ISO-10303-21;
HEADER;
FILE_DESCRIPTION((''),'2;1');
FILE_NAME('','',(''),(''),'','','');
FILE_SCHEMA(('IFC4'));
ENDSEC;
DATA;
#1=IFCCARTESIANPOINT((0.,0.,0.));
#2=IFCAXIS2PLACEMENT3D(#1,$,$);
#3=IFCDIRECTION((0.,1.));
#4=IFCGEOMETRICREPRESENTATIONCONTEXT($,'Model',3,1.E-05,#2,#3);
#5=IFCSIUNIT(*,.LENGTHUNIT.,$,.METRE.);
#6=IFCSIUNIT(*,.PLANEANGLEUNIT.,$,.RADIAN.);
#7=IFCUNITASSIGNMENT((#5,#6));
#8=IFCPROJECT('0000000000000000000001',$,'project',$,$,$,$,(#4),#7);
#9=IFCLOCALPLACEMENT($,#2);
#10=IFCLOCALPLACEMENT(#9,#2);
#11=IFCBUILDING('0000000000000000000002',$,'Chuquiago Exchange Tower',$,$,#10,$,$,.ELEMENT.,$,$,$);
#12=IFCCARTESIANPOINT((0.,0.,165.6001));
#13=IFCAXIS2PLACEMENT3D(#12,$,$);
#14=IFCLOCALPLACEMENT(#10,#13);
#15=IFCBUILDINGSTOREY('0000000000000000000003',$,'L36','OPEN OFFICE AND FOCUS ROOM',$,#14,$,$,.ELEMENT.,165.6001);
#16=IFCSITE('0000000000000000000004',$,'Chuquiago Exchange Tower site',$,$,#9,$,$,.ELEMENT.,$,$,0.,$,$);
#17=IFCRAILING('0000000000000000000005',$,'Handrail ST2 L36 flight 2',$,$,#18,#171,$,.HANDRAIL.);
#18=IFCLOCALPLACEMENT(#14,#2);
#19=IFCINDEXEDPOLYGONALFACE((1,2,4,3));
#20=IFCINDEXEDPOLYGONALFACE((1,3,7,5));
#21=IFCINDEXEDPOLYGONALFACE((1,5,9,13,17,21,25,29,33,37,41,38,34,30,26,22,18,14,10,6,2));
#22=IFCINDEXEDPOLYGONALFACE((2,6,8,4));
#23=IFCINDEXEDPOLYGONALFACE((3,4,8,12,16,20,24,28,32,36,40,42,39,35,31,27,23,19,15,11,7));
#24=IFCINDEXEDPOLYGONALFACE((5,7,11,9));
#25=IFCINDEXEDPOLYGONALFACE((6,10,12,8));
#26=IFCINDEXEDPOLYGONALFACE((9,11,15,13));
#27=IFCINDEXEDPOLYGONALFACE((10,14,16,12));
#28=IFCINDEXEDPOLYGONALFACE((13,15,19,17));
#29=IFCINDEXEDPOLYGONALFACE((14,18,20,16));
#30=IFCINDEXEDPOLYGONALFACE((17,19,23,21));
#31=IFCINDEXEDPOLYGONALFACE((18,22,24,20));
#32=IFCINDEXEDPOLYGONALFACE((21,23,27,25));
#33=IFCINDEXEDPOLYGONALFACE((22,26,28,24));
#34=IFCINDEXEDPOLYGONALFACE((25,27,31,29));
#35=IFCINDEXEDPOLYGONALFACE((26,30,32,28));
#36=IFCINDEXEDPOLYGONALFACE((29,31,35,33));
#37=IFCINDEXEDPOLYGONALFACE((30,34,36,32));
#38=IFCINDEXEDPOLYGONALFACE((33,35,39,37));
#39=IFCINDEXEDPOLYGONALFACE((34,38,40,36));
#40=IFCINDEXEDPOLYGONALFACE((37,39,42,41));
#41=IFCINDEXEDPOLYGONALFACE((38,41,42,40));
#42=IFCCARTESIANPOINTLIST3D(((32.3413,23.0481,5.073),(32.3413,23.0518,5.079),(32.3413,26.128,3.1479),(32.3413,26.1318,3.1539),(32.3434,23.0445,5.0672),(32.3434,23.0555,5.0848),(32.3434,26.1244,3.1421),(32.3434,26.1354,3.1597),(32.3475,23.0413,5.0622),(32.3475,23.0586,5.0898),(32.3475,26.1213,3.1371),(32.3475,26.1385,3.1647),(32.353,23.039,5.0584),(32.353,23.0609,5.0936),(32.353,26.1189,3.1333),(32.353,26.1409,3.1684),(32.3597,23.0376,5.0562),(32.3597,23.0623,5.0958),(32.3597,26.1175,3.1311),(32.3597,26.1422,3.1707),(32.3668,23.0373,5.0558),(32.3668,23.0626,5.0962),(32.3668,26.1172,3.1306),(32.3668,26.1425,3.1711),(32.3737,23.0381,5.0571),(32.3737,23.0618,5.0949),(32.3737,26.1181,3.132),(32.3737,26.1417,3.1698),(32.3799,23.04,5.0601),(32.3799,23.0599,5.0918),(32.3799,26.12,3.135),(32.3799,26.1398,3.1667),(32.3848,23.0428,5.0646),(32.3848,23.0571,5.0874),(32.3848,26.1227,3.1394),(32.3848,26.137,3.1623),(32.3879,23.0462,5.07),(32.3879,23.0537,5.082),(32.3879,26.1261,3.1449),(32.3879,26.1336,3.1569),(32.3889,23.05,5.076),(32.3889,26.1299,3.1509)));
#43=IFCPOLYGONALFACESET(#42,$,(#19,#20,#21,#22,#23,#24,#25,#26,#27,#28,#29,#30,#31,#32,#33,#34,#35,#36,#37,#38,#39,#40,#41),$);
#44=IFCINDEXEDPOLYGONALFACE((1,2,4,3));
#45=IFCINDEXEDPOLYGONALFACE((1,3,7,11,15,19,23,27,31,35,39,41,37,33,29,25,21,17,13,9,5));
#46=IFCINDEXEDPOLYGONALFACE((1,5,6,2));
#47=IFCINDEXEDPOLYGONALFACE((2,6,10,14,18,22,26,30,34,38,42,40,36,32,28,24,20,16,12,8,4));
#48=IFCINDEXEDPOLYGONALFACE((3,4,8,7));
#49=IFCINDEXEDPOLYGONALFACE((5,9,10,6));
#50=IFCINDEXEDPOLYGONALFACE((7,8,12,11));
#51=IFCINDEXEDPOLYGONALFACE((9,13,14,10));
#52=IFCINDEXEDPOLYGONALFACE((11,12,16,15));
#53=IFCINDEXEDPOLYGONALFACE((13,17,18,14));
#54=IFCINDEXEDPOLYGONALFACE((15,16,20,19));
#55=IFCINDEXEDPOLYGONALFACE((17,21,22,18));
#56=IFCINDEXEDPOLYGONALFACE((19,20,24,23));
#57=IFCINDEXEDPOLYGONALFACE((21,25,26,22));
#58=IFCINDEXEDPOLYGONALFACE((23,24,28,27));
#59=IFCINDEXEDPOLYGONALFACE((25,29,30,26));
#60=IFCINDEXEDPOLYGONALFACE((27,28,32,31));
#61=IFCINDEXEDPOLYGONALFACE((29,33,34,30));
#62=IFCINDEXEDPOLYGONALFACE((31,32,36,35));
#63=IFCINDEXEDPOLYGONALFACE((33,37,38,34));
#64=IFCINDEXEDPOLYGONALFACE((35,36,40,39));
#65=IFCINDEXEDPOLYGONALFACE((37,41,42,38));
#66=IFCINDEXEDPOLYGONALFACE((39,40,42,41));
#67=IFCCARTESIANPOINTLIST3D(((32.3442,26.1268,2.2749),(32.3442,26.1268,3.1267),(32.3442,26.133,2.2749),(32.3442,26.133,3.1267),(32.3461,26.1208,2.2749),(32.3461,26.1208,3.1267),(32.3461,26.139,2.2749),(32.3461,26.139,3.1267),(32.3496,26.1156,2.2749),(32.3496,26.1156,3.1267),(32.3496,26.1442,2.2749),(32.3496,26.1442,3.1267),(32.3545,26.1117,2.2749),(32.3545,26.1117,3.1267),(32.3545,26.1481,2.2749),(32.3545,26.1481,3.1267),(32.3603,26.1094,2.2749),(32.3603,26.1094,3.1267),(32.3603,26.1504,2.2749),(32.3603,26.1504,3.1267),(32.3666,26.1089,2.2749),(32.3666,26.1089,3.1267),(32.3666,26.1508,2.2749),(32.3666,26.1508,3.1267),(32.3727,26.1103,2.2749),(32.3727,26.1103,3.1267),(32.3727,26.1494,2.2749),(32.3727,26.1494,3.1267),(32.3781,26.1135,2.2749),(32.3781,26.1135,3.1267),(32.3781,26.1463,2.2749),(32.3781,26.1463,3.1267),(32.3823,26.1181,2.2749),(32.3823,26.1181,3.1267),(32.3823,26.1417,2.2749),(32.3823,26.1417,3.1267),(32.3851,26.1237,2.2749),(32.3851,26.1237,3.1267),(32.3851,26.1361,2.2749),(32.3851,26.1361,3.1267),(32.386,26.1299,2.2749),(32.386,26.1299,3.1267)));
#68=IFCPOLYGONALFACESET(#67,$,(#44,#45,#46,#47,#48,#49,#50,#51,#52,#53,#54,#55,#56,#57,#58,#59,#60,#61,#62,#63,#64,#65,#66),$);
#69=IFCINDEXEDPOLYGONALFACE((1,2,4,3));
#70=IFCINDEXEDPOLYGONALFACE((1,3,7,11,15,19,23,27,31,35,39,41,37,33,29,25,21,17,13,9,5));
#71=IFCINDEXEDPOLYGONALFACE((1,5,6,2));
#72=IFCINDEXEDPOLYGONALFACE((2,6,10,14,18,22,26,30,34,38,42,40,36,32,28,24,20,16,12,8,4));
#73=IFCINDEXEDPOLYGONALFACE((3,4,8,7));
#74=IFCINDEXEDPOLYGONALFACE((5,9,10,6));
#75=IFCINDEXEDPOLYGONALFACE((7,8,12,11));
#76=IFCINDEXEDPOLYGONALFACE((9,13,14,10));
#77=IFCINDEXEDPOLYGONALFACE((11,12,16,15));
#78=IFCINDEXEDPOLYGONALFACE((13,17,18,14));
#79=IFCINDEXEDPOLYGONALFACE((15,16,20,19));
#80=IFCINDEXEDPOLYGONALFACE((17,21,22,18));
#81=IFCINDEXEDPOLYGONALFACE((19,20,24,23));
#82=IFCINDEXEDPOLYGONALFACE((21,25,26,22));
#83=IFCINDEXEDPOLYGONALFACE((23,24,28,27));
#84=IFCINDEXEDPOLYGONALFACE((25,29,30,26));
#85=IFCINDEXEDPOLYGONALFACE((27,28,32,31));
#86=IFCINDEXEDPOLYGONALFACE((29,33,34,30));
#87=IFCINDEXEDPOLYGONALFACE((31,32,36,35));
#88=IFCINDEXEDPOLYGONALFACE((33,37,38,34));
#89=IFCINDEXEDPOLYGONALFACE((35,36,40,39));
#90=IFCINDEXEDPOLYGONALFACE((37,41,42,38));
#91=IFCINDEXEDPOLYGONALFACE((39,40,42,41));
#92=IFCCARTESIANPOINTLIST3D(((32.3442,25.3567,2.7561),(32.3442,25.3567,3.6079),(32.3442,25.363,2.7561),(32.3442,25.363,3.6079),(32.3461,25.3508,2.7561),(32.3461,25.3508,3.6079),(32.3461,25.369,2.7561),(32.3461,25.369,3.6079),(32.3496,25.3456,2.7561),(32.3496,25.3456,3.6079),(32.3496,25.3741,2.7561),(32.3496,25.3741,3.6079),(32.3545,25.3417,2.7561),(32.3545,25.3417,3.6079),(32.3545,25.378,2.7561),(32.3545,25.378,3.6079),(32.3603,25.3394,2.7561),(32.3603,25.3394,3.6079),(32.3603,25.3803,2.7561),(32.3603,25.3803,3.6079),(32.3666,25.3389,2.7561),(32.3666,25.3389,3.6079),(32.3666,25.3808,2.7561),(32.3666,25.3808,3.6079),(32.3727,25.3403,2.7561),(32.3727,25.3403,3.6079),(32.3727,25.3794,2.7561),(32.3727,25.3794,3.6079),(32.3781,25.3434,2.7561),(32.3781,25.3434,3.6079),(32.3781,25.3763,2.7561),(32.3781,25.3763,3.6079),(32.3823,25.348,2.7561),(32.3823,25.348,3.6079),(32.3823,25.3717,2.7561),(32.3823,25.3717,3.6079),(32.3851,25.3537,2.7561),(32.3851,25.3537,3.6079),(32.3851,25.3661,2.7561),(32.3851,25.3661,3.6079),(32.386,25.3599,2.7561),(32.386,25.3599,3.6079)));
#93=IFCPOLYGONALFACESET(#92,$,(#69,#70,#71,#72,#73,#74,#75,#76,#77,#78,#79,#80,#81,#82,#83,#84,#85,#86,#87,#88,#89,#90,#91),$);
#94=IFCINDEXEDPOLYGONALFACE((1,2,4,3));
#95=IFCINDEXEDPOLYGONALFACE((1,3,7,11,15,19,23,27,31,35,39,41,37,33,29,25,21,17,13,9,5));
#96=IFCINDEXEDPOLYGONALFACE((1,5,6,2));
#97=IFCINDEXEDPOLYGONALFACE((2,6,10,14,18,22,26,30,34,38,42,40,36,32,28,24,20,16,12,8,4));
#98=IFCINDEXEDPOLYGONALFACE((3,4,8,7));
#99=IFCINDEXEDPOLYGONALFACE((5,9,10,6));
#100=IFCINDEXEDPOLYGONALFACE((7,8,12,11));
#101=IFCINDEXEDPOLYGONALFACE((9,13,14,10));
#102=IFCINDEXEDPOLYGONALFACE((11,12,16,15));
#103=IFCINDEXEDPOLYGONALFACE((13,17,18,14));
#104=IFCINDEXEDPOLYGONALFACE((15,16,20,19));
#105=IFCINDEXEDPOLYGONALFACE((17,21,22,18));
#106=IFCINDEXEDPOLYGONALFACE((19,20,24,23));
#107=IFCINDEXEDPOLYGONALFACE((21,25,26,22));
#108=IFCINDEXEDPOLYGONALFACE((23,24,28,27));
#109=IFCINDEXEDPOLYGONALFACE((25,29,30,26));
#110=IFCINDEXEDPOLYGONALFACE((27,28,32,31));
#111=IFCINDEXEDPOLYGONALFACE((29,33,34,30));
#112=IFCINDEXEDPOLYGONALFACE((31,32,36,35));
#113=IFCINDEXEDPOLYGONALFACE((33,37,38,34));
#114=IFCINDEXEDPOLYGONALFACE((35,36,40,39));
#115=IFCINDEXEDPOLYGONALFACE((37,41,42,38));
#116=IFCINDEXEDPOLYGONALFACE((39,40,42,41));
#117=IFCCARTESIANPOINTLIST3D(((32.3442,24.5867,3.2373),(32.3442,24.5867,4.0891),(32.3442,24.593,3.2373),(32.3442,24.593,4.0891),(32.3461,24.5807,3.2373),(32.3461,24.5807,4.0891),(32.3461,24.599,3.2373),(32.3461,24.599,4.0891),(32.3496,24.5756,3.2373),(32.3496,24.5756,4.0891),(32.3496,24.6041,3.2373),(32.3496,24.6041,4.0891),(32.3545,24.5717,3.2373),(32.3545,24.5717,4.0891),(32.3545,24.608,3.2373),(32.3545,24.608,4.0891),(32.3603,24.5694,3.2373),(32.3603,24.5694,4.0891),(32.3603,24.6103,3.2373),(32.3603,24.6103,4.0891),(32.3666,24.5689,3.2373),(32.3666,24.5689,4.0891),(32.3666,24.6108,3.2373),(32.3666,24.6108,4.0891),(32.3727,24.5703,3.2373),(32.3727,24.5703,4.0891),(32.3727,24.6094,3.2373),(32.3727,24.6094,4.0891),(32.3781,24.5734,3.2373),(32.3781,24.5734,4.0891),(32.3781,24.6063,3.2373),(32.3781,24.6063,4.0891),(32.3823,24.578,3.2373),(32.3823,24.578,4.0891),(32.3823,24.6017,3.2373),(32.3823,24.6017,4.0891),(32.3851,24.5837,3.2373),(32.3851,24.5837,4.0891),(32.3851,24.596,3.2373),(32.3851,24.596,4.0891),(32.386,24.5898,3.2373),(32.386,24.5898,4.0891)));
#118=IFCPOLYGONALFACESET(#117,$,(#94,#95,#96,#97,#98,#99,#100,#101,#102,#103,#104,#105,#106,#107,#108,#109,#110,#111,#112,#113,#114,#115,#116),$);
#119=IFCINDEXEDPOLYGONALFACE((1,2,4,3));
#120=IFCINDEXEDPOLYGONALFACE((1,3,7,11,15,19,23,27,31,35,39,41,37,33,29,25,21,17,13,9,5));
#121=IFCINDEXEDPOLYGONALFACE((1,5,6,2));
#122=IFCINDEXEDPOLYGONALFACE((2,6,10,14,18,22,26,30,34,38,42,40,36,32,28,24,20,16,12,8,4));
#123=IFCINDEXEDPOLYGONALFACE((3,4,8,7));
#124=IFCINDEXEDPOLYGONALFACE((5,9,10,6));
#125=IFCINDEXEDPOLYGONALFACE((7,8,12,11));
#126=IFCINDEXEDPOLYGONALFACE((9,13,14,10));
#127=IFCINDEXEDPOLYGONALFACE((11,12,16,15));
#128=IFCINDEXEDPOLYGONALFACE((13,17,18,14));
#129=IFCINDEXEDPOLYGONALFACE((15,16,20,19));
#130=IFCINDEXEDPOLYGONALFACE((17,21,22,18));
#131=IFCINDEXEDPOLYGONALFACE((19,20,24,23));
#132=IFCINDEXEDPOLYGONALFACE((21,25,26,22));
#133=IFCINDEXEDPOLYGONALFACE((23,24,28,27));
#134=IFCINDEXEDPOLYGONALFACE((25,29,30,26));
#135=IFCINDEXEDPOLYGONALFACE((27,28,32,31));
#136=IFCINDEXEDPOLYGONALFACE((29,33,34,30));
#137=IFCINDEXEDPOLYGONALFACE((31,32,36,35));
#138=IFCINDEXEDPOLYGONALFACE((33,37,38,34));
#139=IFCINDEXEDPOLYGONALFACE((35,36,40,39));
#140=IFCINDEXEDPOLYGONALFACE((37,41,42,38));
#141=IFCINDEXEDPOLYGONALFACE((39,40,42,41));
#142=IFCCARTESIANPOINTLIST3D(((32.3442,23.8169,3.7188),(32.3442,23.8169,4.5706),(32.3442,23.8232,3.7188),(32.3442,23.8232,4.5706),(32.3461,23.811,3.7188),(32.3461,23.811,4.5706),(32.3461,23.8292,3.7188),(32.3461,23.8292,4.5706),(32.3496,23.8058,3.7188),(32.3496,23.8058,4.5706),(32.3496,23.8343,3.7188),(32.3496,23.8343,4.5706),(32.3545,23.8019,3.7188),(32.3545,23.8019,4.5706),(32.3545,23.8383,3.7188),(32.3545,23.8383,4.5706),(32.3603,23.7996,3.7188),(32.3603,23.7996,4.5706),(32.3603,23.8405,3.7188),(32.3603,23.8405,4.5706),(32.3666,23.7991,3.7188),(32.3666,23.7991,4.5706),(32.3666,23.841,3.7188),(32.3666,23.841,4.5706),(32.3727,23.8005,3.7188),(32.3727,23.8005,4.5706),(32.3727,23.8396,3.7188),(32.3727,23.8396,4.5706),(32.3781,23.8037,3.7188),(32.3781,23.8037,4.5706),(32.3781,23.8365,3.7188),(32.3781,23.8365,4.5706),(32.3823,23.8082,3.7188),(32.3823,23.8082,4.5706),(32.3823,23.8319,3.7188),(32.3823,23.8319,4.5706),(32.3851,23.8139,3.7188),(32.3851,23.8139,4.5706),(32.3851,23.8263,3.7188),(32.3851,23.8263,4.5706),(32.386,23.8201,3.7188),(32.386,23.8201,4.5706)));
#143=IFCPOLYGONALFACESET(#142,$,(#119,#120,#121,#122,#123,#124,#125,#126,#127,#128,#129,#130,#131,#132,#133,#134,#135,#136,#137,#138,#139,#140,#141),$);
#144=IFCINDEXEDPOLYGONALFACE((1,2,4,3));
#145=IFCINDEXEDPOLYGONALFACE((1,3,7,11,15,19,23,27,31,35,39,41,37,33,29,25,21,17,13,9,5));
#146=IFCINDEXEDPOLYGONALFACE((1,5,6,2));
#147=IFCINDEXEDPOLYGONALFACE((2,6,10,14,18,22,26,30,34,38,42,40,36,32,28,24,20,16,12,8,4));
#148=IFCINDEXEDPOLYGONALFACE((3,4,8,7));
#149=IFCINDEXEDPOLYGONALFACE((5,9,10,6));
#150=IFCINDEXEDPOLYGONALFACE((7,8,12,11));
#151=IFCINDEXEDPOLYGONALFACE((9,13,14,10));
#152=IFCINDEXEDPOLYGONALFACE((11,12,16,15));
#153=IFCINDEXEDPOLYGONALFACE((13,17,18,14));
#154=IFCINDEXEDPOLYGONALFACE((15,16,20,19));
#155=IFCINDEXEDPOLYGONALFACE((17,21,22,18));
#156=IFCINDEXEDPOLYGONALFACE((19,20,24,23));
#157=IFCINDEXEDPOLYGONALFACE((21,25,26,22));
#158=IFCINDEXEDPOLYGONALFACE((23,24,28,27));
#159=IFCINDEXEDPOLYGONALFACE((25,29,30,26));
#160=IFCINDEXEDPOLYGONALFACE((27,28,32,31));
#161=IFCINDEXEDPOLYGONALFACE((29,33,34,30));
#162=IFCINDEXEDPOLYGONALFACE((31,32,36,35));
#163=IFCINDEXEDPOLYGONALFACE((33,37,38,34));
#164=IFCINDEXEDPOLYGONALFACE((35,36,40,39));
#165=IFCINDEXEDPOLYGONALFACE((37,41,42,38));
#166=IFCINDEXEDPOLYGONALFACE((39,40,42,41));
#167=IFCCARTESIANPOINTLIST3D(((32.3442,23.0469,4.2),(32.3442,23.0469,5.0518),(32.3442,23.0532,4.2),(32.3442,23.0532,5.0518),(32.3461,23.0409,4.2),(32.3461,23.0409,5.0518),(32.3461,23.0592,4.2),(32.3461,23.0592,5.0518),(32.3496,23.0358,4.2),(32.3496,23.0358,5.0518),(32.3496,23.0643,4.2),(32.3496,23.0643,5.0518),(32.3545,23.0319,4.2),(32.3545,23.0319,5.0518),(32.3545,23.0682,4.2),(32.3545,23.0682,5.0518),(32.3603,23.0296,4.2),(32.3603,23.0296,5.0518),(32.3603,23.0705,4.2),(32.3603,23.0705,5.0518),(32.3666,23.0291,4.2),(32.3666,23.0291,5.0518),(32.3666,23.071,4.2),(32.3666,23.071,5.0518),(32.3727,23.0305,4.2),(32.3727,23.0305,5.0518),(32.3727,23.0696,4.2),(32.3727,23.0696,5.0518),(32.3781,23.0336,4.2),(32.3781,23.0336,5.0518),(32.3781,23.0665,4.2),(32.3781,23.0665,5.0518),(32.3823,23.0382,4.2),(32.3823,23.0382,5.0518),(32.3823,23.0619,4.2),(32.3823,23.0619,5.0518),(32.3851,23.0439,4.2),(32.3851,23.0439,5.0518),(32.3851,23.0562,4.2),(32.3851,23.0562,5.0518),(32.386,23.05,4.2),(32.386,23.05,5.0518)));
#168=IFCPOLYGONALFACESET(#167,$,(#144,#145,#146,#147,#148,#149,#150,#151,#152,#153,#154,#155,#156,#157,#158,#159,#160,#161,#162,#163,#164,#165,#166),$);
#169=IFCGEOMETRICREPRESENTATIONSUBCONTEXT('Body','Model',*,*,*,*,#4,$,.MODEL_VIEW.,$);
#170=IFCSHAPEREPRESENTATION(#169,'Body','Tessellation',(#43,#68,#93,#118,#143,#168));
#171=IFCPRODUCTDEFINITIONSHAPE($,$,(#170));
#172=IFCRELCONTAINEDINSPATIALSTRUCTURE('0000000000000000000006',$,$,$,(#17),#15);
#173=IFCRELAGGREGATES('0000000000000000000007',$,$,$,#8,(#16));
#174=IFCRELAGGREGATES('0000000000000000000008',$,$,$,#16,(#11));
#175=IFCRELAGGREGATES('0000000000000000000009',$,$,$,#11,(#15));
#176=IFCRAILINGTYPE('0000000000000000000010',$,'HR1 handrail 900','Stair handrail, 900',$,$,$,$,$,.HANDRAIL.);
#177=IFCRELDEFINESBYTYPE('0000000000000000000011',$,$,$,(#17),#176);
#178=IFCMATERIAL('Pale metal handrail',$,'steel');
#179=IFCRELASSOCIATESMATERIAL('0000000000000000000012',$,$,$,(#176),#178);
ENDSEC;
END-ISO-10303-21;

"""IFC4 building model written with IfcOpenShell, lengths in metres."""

from ifc_helpers import new_model, si_unit, direction, frame, origin, origin_2d, place, context, subcontext, project, spatial, circle, extrude, material, type_object, element, save


model = new_model("IFC4")

# Units and contexts
model_context = context("Model", 3, precision=1e-05, world=origin(), true_north=direction((0.0, 1.0)))
body_context = subcontext(model_context, "Body", "Model", "MODEL_VIEW")
ifc_project = project(units=[si_unit("LENGTHUNIT", "METRE"), si_unit("PLANEANGLEUNIT", "RADIAN")], contexts=[model_context])

# Site, building, storey
site_placement = place(None, origin())
site = spatial("IfcSite", under=ifc_project, at=site_placement, Name="Chuquiago Exchange Tower site", CompositionType="ELEMENT", RefElevation=0.0)
building_placement = place(site_placement, origin())
building = spatial("IfcBuilding", under=site, at=building_placement, Name="Chuquiago Exchange Tower", CompositionType="ELEMENT")
storey_placement = place(building_placement, frame((0.0, 0.0, 165.6001)))
storey = spatial("IfcBuildingStorey", under=building, at=storey_placement, Name="L36", Description="OPEN OFFICE AND FOCUS ROOM", CompositionType="ELEMENT", Elevation=165.6001)

# Railing
ifc_material_1 = material(Name="Pale metal handrail", Category="steel")
railing_type_1 = type_object("IfcRailingType", Name="HR1 handrail 900", Description="Stair handrail, 900", PredefinedType="HANDRAIL", material=ifc_material_1)
for number, where, name in (
    (1, (32.365, 26.1299, 2.2749), "Handrail ST2 L36 flight 2"),
):
    element("IfcRailing", number, at=place(storey_placement, frame(where)), inside=storey, type_object=railing_type_1, Name=name, PredefinedType="HANDRAIL", context=body_context, shape_type="SweptSolid", body=[
        extrude(circle(Radius=0.0239, at=origin_2d()), frame((0.0, 0.0, 0.876), z_axis=(0.0, -0.847979, 0.530029), x_axis=(1.0, 0.0, 0.0)), (0.0, 0.0, 1.0), 3.6321),
        extrude(circle(Radius=0.021, at=origin_2d()), origin(), (0.0, 0.0, 1.0), 0.8518),
        extrude(circle(Radius=0.021, at=origin_2d()), frame((0.0, -0.77, 0.4812)), (0.0, 0.0, 1.0), 0.8518),
        extrude(circle(Radius=0.021, at=origin_2d()), frame((0.0, -1.54, 0.9624)), (0.0, 0.0, 1.0), 0.8518),
        extrude(circle(Radius=0.021, at=origin_2d()), frame((0.0, -2.3098, 1.4438)), (0.0, 0.0, 1.0), 0.8518),
        extrude(circle(Radius=0.021, at=origin_2d()), frame((0.0, -3.0798, 1.925)), (0.0, 0.0, 1.0), 0.8518),
    ])

save(model, "model.ifc")
